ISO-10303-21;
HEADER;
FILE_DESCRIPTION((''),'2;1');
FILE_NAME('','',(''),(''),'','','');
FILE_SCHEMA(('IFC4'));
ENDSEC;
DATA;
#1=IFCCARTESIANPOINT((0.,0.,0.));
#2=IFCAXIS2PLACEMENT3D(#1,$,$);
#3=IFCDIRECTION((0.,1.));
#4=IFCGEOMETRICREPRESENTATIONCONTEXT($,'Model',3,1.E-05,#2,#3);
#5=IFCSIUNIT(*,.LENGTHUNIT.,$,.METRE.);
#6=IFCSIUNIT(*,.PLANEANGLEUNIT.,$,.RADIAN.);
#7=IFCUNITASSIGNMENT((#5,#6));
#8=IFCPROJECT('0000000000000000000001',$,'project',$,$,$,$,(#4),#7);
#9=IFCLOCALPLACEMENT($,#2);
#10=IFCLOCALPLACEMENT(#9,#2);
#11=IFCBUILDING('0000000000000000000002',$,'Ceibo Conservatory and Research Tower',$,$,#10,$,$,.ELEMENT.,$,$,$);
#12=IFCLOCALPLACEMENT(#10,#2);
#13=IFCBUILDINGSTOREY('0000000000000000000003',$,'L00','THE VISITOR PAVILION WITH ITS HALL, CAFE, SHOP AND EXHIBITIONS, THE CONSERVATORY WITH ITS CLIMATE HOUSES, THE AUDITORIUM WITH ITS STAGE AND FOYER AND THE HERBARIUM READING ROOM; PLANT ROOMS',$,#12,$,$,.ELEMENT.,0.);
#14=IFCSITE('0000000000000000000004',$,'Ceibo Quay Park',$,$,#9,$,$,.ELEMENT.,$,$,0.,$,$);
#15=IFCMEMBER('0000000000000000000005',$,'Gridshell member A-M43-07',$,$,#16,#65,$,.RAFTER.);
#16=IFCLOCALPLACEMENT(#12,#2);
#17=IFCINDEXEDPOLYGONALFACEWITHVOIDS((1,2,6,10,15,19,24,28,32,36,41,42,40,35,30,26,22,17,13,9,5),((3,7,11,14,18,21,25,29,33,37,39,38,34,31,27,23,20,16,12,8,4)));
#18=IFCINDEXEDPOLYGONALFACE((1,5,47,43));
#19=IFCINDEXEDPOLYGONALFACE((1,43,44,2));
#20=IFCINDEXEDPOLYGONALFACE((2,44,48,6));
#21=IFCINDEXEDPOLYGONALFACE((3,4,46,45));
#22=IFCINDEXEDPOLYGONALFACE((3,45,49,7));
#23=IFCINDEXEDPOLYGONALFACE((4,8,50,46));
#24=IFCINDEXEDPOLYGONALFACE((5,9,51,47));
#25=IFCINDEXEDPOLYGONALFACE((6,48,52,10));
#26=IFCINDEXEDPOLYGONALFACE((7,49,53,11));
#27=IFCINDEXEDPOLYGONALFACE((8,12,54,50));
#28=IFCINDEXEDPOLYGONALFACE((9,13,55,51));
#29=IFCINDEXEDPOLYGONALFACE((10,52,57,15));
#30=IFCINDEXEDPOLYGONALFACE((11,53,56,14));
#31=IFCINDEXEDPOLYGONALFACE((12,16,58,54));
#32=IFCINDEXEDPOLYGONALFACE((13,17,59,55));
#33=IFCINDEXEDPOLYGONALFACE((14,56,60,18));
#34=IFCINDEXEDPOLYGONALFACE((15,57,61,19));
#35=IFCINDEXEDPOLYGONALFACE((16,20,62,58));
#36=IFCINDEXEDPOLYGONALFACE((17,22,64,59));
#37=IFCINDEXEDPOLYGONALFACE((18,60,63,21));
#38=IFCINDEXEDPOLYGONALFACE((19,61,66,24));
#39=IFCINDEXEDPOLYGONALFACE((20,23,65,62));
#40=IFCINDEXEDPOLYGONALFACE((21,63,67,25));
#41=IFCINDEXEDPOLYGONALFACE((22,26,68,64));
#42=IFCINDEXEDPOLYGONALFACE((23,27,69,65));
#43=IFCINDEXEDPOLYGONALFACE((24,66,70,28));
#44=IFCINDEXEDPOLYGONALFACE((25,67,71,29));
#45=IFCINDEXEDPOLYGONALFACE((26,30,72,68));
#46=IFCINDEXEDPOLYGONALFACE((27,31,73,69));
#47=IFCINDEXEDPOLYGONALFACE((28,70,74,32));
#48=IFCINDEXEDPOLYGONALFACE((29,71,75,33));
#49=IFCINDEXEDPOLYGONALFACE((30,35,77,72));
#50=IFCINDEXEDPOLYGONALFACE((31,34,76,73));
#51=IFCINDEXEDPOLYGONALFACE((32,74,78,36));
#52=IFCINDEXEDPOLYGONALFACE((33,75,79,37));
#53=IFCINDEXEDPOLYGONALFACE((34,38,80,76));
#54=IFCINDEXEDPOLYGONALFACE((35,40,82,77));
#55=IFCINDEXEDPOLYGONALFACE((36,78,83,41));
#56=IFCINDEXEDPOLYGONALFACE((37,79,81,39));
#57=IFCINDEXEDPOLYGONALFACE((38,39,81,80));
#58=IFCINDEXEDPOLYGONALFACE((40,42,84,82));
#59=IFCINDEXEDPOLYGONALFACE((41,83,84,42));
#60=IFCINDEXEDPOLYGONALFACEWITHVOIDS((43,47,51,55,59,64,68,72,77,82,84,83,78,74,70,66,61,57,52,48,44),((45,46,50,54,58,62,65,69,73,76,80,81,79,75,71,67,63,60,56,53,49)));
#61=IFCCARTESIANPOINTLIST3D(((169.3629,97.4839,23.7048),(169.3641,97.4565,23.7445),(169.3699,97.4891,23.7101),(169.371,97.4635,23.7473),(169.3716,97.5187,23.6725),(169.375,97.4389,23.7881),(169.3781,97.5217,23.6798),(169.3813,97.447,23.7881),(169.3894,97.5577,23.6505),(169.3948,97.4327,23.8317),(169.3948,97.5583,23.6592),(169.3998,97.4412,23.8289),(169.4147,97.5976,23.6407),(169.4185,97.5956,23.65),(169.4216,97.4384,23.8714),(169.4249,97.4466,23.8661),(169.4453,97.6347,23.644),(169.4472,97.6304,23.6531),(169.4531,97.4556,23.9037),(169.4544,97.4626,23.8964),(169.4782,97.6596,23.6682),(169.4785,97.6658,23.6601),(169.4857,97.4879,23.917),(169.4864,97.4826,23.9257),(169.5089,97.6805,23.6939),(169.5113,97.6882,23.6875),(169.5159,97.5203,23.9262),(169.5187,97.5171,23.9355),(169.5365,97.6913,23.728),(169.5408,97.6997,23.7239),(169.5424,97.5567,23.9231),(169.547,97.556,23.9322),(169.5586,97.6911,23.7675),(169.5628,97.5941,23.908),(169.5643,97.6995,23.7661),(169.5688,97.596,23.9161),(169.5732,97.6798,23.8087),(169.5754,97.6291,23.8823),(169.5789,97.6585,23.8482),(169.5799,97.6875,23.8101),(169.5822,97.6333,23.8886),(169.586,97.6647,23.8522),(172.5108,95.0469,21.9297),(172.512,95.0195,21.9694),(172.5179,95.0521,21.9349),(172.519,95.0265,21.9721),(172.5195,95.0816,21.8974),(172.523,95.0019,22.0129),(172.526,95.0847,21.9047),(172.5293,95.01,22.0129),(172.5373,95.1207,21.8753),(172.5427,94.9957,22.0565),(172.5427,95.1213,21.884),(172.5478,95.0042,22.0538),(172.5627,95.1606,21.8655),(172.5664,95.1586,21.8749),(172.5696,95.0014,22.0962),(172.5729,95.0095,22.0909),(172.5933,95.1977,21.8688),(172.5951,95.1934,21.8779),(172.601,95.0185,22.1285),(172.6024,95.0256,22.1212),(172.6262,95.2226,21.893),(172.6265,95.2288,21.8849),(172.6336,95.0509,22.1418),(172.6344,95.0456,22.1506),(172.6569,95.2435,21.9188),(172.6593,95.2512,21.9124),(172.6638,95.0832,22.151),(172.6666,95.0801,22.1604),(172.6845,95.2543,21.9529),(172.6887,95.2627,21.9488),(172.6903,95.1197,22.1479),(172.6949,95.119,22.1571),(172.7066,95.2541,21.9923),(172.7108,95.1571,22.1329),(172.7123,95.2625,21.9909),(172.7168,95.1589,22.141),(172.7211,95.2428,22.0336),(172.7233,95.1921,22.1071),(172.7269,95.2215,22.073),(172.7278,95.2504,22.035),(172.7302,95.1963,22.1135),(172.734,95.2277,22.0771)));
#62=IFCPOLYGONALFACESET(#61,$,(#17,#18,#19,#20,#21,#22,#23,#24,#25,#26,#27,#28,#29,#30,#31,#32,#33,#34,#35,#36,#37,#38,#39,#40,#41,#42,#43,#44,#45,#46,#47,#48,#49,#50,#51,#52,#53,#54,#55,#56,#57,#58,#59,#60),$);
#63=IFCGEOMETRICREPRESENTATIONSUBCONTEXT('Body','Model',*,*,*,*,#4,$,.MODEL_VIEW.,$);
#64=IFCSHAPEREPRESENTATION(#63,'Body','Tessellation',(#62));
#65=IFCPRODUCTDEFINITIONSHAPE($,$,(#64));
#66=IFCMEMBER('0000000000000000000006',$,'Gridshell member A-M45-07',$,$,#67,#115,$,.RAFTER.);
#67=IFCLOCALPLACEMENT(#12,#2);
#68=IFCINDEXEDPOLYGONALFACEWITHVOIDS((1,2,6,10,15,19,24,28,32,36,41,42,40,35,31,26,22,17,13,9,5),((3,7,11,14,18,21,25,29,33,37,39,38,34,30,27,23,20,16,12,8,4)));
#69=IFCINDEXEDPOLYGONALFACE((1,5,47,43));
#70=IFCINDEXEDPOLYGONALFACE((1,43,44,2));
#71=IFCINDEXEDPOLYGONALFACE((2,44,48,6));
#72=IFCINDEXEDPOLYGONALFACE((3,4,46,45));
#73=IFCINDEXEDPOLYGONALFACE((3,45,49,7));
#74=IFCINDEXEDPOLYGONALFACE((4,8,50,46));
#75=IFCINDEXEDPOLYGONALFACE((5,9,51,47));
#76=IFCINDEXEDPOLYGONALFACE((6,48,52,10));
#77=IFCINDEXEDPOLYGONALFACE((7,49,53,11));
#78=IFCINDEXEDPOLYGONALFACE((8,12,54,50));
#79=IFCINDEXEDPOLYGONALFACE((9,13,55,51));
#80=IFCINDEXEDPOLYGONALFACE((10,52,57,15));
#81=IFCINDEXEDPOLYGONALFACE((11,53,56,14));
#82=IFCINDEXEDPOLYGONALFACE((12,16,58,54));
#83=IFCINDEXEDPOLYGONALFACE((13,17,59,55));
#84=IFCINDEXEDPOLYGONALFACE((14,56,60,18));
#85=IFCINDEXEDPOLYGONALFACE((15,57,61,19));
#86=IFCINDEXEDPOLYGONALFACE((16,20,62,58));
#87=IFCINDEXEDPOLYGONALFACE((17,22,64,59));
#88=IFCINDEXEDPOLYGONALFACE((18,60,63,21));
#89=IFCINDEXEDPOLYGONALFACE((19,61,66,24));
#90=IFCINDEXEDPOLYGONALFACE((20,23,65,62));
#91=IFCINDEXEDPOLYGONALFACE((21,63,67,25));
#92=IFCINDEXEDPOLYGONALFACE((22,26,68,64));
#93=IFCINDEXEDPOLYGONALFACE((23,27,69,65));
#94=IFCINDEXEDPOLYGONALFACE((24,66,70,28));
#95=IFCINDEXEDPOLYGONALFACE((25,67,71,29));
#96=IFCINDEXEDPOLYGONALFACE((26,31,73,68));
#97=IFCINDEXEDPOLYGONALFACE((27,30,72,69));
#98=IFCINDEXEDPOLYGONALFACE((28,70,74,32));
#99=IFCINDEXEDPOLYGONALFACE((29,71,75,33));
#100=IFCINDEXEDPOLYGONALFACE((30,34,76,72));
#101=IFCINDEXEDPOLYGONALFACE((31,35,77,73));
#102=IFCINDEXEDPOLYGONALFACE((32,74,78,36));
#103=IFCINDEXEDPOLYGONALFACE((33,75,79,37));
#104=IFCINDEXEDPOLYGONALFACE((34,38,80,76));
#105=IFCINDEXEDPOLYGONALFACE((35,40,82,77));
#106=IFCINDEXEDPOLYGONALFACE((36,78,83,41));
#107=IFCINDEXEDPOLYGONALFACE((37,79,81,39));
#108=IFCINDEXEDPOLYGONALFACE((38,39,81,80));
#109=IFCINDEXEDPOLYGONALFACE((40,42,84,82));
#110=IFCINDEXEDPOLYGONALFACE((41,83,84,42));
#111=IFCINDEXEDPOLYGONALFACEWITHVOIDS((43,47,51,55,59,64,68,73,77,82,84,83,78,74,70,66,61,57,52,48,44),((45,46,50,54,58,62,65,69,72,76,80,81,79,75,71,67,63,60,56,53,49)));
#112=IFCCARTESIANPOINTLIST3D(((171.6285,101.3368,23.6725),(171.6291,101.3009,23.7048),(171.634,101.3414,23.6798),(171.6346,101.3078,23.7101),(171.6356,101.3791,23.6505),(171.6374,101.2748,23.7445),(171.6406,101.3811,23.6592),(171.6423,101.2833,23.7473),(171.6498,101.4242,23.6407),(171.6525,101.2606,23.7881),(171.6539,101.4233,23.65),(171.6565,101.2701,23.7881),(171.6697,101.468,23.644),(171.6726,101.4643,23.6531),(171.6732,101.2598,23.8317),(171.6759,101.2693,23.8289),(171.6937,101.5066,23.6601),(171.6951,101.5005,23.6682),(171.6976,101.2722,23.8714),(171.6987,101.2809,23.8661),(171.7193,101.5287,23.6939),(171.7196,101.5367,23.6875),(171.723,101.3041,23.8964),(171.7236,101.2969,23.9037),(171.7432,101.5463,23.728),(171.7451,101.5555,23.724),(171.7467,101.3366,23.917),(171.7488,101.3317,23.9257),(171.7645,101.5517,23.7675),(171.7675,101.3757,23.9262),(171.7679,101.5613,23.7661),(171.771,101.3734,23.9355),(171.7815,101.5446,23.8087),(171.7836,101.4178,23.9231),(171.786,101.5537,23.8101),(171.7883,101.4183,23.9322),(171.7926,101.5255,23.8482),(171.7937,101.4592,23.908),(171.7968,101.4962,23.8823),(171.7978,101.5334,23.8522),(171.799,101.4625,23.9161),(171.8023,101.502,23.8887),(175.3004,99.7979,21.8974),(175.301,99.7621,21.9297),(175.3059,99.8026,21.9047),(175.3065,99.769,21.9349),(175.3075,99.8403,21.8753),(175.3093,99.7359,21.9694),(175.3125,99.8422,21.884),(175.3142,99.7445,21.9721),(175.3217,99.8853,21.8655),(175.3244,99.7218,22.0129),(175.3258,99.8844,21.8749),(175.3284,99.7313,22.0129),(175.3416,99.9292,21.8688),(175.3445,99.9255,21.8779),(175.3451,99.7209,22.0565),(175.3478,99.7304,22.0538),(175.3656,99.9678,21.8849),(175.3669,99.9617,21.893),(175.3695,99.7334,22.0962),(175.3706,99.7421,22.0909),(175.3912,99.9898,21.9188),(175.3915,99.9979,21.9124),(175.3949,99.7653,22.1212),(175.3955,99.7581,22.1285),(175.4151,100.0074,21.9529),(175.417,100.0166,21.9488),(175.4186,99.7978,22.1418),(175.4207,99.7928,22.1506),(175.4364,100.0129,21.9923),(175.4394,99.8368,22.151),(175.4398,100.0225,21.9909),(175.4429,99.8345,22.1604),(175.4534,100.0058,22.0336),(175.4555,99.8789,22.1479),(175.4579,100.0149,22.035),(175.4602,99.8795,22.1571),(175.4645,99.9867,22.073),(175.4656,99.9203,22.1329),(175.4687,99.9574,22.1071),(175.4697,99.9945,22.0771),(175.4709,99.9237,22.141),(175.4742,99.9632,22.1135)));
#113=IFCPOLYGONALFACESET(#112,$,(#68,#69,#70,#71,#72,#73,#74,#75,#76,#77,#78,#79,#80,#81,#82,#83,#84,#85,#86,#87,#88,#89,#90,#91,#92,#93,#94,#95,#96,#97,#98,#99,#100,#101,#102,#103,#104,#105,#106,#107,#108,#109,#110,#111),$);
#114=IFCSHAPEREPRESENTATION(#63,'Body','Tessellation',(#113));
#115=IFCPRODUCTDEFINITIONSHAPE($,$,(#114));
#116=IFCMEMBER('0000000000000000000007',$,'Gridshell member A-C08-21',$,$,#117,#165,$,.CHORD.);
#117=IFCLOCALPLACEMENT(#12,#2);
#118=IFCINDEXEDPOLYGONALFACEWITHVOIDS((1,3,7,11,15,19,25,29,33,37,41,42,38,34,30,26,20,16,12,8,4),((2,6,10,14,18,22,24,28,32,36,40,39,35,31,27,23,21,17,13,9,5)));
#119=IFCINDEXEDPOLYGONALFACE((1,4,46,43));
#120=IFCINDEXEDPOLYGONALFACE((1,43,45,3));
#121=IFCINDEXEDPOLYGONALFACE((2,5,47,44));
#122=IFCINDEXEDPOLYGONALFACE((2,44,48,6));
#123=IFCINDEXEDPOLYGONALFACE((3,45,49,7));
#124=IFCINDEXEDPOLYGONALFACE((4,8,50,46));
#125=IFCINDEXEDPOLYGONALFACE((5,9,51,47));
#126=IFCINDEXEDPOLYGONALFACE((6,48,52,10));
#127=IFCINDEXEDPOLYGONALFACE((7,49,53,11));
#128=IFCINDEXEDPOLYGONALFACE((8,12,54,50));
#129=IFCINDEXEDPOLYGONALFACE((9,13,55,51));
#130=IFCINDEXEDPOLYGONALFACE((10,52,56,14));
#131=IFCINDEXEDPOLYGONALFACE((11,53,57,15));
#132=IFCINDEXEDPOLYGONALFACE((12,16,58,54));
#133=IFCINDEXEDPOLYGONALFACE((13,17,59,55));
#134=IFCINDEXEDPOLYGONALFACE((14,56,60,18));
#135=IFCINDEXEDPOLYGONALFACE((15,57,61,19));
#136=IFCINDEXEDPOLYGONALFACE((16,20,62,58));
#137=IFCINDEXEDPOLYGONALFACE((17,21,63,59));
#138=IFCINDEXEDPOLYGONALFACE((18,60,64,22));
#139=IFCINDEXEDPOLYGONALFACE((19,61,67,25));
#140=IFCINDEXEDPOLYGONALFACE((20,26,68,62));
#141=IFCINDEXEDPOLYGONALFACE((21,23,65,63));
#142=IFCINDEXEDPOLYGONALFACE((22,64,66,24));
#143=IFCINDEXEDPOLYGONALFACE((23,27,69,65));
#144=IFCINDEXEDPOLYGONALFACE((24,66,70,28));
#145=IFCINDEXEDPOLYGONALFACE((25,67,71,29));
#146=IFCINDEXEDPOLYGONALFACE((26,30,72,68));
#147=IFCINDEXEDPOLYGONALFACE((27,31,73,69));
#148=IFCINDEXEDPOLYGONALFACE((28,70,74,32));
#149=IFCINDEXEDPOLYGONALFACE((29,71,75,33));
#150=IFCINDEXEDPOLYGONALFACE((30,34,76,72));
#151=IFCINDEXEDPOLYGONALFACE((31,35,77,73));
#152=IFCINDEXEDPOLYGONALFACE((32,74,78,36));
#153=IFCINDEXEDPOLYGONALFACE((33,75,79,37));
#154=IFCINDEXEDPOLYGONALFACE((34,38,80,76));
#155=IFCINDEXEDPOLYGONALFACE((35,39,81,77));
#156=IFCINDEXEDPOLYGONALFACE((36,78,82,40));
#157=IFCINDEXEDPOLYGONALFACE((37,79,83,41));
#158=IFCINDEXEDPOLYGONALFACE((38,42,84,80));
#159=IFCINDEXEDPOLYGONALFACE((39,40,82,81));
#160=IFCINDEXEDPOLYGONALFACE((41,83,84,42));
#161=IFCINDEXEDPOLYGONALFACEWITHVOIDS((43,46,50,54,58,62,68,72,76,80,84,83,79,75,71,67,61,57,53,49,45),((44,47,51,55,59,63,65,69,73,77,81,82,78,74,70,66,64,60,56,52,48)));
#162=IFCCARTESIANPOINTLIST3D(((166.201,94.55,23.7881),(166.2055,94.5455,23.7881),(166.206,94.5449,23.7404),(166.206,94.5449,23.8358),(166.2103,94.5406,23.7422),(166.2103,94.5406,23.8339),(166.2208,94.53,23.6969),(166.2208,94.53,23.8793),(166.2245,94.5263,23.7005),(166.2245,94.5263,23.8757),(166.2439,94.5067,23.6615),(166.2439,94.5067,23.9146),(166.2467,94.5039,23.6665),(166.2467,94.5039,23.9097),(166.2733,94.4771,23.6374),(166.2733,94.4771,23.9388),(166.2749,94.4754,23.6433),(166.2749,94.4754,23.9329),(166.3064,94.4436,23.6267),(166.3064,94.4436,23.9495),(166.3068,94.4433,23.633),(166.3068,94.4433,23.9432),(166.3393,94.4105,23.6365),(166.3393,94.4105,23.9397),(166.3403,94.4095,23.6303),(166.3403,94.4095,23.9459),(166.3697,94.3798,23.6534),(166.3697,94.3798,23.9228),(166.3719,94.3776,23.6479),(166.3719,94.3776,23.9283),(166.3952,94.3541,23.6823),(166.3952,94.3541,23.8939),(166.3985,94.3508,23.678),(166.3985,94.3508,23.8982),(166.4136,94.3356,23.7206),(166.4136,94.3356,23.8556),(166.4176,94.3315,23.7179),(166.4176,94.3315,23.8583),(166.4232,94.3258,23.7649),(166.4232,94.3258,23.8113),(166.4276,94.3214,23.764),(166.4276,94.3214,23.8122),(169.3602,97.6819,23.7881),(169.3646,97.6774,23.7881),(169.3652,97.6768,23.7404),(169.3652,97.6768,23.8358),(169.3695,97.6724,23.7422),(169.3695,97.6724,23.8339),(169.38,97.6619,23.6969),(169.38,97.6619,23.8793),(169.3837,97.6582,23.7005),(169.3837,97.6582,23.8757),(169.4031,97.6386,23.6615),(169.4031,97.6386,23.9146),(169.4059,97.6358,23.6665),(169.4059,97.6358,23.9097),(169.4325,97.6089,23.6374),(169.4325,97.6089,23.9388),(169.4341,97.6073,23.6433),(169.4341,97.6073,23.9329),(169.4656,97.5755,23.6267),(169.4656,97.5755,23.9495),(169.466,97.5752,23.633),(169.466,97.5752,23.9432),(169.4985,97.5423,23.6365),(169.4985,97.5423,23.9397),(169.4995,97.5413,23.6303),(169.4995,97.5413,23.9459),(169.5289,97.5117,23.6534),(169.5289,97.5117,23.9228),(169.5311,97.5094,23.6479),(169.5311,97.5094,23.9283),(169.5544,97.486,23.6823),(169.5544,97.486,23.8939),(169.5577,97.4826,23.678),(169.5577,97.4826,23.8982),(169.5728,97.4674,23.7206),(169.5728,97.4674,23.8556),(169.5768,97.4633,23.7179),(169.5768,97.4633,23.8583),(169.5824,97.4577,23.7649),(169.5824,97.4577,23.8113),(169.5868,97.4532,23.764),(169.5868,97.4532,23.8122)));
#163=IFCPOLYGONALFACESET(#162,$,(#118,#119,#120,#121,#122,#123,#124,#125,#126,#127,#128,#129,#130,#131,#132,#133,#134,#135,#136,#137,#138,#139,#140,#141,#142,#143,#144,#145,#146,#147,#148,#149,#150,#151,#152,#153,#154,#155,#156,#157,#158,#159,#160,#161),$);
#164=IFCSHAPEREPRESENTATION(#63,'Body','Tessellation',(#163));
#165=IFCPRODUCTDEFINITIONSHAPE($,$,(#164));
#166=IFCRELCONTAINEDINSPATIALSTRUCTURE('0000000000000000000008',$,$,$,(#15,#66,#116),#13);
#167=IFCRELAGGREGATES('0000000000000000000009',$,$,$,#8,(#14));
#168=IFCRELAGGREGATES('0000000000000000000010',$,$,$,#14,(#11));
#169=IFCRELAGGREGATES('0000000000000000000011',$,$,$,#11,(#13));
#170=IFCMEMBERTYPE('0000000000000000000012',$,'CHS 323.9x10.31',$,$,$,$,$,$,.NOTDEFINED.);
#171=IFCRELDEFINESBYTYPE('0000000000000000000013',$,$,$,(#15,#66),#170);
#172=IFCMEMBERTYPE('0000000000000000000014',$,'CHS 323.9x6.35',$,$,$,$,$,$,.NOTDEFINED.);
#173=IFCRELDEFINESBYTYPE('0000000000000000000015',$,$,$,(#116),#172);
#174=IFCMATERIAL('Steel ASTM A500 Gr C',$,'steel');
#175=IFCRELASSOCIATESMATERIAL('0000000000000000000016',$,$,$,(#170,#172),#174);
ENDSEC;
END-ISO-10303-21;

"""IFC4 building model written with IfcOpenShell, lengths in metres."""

from ifc_helpers import new_model, si_unit, direction, frame, origin, origin_2d, place, context, subcontext, project, spatial, hollow_circle, extrude, material, material_profile, profile_set, type_object, element, save


model = new_model("IFC4")

# Units and contexts
model_context = context("Model", 3, precision=1e-05, world=origin(), true_north=direction((0.0, 1.0)))
body_context = subcontext(model_context, "Body", "Model", "MODEL_VIEW")
ifc_project = project(units=[si_unit("LENGTHUNIT", "METRE"), si_unit("PLANEANGLEUNIT", "RADIAN")], contexts=[model_context])

# Site, building, storey
site_placement = place(None, origin())
site = spatial("IfcSite", under=ifc_project, at=site_placement, Name="Ceibo Quay Park", CompositionType="ELEMENT", RefElevation=0.0)
building_placement = place(site_placement, origin())
building = spatial("IfcBuilding", under=site, at=building_placement, Name="Ceibo Conservatory and Research Tower", CompositionType="ELEMENT")
storey_placement = place(building_placement, origin())
storey = spatial("IfcBuildingStorey", under=building, at=storey_placement, Name="L00", Description="THE VISITOR PAVILION WITH ITS HALL, CAFE, SHOP AND EXHIBITIONS, THE CONSERVATORY WITH ITS CLIMATE HOUSES, THE AUDITORIUM WITH ITS STAGE AND FOYER AND THE HERBARIUM READING ROOM; PLANT ROOMS", CompositionType="ELEMENT", Elevation=0.0)

# Members
ifc_material_1 = material(Name="Steel ASTM A500 Gr C", Category="steel")
ifc_material_profile_1 = material_profile(ifc_material_1, hollow_circle(Radius=0.1619, WallThickness=0.0103, at=origin_2d()), Name="CHS 323.9x10.31")
ifc_profile_set_1 = profile_set([ifc_material_profile_1], Name="Steel ASTM A500 Gr C")
member_type_1 = type_object("IfcMemberType", Name="CHS 323.9x10.31", PredefinedType="NOTDEFINED", material=ifc_profile_set_1)
member_1_placement = place(storey_placement, frame((172.6221, 95.1299, 22.0129), z_axis=(-0.722194, 0.559092, 0.407249), x_axis=(-0.612156, -0.790737, 0.0)))
element("IfcMember", 1, at=member_1_placement, inside=storey, type_object=member_type_1, Name="Gridshell member A-M43-07", PredefinedType="RAFTER", context=body_context, shape_type="SweptSolid", body=[
    extrude(hollow_circle(Radius=0.1619, WallThickness=0.0103, at=origin_2d()), origin(), (0.0, 0.0, 1.0), 4.3589),
])
member_2_placement = place(storey_placement, frame((175.387, 99.8711, 22.0129), z_axis=(-0.842347, 0.353013, 0.407228), x_axis=(-0.386513, -0.922284, 0.0)))
element("IfcMember", 2, at=member_2_placement, inside=storey, type_object=member_type_1, Name="Gridshell member A-M45-07", PredefinedType="RAFTER", context=body_context, shape_type="SweptSolid", body=[
    extrude(hollow_circle(Radius=0.1619, WallThickness=0.0103, at=origin_2d()), origin(), (0.0, 0.0, 1.0), 4.3591),
])
ifc_material_profile_2 = material_profile(ifc_material_1, hollow_circle(Radius=0.1619, WallThickness=0.0063, at=origin_2d()), Name="CHS 323.9x6.35")
ifc_profile_set_2 = profile_set([ifc_material_profile_2], Name="Steel ASTM A500 Gr C")
member_type_2 = type_object("IfcMemberType", Name="CHS 323.9x6.35", PredefinedType="NOTDEFINED", material=ifc_profile_set_2)
member_3_placement = place(storey_placement, frame((166.3149, 94.4351, 23.7881), z_axis=(0.710173, 0.704027, 0.0), x_axis=(-0.704027, 0.710173, 0.0)))
element("IfcMember", 3, at=member_3_placement, inside=storey, type_object=member_type_2, Name="Gridshell member A-C08-21", PredefinedType="CHORD", context=body_context, shape_type="SweptSolid", body=[
    extrude(hollow_circle(Radius=0.1619, WallThickness=0.0063, at=origin_2d()), origin(), (0.0, 0.0, 1.0), 4.4485),
])

save(model, "model.ifc")
